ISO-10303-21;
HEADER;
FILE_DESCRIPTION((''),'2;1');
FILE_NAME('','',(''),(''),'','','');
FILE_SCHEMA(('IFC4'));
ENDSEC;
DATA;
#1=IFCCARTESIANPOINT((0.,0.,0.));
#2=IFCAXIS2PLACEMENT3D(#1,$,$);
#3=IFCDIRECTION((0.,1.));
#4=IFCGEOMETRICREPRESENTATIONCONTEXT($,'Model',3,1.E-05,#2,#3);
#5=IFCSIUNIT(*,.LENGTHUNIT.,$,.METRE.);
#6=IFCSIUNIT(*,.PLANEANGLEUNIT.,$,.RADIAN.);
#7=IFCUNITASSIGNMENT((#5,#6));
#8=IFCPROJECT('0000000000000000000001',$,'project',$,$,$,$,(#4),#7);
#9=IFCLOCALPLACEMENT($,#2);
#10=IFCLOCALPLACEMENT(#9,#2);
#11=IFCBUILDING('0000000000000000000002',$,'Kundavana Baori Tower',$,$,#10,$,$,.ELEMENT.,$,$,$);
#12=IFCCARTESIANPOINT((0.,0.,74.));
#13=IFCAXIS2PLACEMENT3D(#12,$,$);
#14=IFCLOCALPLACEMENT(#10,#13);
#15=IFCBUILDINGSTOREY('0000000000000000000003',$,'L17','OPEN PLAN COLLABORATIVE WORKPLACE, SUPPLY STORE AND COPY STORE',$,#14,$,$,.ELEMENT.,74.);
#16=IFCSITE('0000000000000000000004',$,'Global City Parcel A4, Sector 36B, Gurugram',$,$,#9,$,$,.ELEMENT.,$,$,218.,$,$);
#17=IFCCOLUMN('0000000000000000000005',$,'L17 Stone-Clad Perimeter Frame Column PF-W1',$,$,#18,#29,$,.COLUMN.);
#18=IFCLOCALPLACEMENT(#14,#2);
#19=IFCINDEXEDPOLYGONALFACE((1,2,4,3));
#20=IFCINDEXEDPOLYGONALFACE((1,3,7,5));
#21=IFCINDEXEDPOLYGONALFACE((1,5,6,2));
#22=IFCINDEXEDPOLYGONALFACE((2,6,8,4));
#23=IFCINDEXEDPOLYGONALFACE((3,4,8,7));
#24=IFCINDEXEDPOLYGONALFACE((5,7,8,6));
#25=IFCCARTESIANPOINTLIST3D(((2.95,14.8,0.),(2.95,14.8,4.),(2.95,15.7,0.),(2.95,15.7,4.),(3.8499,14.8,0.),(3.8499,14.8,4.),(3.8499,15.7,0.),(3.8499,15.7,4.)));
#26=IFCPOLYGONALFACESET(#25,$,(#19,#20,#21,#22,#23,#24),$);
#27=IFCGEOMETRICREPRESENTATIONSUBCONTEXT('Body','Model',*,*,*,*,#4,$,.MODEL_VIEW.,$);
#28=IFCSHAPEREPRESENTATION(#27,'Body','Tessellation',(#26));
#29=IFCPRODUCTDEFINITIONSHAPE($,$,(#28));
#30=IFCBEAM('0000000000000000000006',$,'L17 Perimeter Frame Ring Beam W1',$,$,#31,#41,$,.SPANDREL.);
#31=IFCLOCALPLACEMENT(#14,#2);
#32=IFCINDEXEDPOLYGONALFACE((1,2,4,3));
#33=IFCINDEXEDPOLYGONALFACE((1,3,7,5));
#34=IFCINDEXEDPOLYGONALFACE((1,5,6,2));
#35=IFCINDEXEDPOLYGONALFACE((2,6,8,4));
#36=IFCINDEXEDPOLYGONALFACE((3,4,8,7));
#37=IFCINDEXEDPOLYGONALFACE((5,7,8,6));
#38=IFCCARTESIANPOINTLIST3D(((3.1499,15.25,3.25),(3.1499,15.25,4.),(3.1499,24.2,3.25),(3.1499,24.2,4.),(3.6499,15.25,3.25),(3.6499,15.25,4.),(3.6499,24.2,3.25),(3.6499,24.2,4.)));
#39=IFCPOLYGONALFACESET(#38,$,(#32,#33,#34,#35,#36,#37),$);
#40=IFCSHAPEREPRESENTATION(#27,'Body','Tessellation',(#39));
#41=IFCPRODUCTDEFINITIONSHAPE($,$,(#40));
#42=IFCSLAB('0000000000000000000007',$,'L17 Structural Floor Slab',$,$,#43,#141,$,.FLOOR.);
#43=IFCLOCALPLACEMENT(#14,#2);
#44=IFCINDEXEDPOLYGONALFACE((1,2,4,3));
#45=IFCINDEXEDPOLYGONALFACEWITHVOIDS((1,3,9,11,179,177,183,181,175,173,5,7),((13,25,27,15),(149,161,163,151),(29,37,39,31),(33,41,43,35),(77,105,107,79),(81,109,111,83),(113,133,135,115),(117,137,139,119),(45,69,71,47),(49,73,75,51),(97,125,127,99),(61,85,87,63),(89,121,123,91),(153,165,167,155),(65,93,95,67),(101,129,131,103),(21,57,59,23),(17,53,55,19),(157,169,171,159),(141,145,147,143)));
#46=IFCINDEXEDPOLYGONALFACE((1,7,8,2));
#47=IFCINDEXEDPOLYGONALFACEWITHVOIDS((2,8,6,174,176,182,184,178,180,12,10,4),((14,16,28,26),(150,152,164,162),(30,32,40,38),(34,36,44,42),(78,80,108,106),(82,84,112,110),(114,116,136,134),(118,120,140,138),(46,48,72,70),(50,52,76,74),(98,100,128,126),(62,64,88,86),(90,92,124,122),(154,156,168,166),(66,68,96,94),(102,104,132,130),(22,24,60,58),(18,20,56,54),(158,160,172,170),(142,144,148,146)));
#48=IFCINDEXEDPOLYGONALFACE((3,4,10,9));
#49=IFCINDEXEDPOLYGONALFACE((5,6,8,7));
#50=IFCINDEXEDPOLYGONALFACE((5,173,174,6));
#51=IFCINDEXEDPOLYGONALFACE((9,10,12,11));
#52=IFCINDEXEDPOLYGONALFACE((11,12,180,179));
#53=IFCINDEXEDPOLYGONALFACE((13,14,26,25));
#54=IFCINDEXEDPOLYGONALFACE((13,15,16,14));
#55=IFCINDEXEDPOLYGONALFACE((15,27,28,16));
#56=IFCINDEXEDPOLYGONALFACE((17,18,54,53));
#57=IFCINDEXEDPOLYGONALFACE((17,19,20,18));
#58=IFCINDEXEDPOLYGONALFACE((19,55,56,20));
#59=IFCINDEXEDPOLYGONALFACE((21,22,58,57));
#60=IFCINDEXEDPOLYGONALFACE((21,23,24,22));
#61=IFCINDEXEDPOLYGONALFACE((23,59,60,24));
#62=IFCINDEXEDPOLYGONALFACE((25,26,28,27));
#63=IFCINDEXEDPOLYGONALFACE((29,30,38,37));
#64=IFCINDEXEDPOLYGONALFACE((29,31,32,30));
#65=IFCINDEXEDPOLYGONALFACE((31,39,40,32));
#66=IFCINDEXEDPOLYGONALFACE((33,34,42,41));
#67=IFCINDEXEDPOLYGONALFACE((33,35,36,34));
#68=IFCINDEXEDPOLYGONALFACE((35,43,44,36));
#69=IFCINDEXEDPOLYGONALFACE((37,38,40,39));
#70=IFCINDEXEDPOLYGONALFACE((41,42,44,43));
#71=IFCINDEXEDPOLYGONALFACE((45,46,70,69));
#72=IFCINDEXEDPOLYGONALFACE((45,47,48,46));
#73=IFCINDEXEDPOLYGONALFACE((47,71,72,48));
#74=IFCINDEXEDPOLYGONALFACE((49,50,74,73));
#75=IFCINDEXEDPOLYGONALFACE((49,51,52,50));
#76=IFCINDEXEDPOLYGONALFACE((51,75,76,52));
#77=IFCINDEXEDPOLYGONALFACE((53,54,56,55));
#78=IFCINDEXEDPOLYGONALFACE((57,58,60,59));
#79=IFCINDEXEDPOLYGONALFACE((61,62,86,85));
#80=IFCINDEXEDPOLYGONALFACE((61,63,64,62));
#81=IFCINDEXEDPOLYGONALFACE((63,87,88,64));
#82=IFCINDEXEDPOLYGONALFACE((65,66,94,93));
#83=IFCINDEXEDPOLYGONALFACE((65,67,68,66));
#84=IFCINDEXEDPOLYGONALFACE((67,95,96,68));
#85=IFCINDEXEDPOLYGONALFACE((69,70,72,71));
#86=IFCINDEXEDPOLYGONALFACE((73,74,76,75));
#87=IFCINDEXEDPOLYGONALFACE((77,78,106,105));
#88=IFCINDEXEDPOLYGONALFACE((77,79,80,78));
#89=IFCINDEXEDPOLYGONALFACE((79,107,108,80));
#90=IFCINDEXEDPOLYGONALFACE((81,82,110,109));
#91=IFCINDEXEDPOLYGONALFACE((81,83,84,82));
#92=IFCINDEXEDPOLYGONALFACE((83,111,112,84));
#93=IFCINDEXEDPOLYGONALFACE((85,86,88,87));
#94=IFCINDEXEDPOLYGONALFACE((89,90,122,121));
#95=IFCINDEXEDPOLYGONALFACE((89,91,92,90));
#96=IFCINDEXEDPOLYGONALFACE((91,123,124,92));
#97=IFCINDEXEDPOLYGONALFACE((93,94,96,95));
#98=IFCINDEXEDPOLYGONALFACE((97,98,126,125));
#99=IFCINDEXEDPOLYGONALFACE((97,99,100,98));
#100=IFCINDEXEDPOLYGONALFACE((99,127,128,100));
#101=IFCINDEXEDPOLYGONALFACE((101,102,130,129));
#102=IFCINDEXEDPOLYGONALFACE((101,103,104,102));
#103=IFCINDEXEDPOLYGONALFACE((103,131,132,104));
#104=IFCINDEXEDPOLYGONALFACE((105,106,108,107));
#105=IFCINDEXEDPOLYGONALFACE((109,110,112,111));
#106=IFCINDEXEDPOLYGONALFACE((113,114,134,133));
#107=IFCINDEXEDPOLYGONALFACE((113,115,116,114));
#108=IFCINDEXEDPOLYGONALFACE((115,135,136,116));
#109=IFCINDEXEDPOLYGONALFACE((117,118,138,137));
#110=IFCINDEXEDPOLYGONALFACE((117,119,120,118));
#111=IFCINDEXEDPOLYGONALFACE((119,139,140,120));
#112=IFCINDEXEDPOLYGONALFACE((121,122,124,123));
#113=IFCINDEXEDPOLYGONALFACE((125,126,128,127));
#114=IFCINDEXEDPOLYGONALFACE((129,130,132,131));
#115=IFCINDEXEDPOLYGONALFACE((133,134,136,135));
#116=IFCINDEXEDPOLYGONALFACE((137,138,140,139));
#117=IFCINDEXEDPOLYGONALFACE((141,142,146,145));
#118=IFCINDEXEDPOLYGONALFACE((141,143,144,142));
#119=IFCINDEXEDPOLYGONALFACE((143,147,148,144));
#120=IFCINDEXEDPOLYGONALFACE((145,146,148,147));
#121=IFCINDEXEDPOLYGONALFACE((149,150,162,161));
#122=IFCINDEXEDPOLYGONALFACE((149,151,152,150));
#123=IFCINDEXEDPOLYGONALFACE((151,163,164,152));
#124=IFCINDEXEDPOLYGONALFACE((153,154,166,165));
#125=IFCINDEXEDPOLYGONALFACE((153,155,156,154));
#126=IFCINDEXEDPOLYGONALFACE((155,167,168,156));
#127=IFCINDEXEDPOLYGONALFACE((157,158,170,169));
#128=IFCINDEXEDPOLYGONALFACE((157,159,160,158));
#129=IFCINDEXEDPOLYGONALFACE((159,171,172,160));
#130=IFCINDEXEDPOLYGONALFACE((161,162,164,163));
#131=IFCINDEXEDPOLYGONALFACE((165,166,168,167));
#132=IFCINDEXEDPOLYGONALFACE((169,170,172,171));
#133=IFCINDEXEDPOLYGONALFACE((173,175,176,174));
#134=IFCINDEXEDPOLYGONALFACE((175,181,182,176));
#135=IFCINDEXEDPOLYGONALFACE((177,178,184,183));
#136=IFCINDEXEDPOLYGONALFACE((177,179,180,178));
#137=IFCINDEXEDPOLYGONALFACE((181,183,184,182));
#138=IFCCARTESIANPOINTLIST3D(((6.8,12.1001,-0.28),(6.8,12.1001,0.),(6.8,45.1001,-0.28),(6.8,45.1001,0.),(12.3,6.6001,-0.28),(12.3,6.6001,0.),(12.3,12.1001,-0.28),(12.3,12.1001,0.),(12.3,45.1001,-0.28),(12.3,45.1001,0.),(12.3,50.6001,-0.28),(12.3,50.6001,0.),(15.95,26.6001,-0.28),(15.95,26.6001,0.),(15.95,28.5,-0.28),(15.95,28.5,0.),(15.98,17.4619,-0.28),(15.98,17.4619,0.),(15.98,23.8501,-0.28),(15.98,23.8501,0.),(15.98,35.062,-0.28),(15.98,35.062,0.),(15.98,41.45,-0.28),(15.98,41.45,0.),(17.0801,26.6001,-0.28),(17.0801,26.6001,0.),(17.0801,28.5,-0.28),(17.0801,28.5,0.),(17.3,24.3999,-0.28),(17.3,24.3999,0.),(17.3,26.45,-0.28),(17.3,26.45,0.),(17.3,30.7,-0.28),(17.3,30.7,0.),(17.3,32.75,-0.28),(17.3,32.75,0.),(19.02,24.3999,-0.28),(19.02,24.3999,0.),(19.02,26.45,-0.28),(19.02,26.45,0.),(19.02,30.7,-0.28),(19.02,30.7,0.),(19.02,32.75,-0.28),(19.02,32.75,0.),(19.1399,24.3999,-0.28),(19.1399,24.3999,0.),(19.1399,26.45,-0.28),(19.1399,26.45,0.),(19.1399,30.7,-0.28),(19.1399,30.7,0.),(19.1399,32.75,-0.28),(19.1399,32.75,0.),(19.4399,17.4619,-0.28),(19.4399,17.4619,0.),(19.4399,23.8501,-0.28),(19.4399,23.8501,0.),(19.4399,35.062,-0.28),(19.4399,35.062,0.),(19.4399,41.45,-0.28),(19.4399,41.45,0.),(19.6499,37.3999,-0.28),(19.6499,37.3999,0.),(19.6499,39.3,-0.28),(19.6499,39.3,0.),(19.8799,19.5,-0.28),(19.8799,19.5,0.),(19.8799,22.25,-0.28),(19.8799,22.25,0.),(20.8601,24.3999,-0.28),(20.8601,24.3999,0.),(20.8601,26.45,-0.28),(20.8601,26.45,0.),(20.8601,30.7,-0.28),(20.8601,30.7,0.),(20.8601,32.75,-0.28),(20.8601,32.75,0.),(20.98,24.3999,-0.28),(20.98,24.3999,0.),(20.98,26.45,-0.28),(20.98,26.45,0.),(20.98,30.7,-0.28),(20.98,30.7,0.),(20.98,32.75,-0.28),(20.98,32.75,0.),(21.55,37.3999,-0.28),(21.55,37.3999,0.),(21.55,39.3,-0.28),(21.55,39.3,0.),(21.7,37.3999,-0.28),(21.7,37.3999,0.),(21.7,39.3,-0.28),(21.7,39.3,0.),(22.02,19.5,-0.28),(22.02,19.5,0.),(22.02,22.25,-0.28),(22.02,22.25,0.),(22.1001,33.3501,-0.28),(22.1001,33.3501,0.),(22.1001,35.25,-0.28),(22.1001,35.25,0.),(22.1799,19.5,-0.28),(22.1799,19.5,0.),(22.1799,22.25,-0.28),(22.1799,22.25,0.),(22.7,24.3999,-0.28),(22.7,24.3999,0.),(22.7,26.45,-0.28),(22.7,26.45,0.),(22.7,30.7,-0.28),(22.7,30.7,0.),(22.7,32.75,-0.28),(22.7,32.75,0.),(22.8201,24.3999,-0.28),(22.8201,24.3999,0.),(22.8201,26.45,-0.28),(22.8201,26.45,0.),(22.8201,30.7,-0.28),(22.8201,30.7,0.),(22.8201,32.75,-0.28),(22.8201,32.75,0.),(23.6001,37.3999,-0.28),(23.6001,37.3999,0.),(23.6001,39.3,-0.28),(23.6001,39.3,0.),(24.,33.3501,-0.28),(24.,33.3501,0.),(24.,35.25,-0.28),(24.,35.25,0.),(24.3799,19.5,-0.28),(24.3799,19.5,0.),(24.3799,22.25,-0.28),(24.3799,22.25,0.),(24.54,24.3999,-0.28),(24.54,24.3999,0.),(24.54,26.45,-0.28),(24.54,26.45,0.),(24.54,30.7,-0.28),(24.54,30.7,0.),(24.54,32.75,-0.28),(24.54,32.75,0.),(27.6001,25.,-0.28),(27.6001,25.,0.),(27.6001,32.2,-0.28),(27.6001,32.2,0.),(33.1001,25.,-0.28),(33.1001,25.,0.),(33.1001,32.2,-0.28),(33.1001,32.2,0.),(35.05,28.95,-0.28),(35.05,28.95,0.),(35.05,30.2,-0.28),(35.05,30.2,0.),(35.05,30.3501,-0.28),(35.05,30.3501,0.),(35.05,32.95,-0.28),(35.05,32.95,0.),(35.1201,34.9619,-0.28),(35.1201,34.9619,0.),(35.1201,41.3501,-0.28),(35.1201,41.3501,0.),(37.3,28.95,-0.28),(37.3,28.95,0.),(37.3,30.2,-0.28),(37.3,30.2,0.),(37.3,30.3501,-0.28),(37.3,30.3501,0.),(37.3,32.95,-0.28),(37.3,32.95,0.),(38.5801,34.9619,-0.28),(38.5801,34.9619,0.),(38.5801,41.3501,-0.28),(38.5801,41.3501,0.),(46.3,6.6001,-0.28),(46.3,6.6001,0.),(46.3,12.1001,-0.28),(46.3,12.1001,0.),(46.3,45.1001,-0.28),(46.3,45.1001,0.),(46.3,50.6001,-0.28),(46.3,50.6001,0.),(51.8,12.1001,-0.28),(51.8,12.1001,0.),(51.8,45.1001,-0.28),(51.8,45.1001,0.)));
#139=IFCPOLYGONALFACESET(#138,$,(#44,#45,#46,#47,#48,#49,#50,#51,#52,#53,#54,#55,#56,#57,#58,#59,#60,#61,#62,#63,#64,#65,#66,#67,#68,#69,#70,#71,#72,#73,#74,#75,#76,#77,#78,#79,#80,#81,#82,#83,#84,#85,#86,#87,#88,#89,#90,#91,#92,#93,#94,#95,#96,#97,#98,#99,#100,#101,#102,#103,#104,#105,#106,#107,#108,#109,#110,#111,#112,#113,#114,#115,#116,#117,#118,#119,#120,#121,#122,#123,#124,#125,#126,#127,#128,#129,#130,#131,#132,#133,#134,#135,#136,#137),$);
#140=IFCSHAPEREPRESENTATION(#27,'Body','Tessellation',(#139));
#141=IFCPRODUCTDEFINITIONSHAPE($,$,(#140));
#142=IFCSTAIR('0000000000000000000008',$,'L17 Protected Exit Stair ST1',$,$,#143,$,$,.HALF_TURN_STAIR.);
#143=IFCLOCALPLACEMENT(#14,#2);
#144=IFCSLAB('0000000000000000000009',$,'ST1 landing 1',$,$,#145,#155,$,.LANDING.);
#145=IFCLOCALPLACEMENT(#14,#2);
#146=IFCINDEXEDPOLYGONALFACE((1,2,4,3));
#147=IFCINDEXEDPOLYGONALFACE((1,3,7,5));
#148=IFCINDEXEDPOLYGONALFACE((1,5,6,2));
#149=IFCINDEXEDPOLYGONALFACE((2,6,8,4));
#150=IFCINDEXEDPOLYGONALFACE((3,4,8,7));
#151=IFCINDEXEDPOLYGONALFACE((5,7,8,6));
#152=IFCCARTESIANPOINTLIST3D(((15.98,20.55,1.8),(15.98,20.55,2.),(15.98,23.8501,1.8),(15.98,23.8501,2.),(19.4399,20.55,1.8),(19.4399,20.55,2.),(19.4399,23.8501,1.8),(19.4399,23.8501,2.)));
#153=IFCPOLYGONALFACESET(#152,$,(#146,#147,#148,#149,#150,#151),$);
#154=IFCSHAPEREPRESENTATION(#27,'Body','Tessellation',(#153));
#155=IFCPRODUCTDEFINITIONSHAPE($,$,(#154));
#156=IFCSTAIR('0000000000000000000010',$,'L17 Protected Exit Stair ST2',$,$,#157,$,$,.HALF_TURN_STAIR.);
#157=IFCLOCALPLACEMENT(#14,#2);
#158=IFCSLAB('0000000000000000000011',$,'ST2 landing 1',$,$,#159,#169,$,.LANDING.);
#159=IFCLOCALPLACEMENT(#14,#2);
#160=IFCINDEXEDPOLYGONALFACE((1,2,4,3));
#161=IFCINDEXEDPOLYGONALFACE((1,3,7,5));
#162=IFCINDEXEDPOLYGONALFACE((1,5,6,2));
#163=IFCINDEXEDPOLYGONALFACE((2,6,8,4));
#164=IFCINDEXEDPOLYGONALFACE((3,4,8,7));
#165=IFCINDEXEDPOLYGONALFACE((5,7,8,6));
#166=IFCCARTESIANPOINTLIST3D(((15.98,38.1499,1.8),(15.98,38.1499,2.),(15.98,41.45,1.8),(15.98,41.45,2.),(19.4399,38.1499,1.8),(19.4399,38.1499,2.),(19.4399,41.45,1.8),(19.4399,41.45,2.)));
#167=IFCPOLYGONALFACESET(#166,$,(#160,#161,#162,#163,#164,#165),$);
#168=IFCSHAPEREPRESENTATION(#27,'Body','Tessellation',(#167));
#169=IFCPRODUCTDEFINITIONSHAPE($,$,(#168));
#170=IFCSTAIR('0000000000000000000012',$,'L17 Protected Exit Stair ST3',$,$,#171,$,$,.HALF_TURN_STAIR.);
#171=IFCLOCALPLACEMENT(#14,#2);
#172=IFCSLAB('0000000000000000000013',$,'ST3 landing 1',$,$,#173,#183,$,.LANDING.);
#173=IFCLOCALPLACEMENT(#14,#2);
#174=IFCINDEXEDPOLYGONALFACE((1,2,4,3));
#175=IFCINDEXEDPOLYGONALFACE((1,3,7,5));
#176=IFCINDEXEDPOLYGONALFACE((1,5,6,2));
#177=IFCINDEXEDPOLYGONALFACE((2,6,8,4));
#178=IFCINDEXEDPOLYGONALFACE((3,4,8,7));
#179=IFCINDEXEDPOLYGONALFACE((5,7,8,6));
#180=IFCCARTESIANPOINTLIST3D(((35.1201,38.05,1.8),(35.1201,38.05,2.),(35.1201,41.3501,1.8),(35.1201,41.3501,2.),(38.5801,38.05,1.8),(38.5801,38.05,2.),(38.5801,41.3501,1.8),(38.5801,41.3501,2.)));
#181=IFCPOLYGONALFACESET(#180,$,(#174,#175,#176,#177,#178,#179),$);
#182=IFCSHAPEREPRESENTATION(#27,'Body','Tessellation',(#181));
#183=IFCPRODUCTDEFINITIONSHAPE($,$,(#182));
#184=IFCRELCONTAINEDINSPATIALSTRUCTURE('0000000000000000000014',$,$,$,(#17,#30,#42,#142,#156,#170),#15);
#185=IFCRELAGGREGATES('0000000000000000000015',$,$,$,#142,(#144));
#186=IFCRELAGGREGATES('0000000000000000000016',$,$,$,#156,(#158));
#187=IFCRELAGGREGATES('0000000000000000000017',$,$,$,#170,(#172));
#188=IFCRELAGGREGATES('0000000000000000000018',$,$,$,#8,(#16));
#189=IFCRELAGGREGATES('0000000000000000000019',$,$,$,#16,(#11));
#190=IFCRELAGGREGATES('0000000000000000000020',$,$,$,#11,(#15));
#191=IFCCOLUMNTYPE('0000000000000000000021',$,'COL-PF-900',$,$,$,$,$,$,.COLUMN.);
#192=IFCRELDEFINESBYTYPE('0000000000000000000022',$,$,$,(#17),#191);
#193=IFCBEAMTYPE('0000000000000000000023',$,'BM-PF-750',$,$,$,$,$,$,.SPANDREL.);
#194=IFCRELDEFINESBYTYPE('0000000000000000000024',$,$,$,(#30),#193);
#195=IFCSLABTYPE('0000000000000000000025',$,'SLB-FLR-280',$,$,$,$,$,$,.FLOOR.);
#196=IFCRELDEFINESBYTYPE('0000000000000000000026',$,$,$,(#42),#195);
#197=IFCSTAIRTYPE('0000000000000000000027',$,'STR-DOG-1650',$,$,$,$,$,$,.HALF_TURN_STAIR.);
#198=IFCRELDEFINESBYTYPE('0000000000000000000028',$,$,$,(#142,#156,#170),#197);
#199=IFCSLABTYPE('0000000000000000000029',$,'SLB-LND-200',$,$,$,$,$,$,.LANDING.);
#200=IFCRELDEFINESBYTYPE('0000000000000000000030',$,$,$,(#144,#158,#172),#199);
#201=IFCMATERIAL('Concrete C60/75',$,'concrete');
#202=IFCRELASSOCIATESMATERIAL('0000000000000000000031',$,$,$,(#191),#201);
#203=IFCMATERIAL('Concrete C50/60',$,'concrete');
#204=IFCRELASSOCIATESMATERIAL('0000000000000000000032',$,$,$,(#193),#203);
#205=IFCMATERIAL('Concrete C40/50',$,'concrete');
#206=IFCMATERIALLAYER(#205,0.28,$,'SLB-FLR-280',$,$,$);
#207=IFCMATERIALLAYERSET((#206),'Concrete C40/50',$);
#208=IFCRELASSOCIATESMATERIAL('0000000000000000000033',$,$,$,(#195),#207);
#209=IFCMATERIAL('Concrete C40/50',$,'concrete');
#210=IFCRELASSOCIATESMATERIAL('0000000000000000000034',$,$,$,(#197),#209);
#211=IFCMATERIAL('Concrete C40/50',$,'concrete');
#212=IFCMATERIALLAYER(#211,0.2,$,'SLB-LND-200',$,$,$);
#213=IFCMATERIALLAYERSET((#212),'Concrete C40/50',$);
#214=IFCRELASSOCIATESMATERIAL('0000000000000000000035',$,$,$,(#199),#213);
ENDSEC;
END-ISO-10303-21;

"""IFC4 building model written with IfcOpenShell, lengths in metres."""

from ifc_helpers import new_model, si_unit, direction, frame, origin, origin_2d, place, context, subcontext, project, spatial, polyline, rectangle, outline, extrude, material, layer, layer_set, material_profile, profile_set, type_object, element, aggregate, save


model = new_model("IFC4")

# Units and contexts
model_context = context("Model", 3, precision=1e-05, world=origin(), true_north=direction((0.0, 1.0)))
body_context = subcontext(model_context, "Body", "Model", "MODEL_VIEW")
ifc_project = project(units=[si_unit("LENGTHUNIT", "METRE"), si_unit("PLANEANGLEUNIT", "RADIAN")], contexts=[model_context])

# Site, building, storey
site_placement = place(None, origin())
site = spatial("IfcSite", under=ifc_project, at=site_placement, Name="Global City Parcel A4, Sector 36B, Gurugram", CompositionType="ELEMENT", RefElevation=218.0)
building_placement = place(site_placement, origin())
building = spatial("IfcBuilding", under=site, at=building_placement, Name="Kundavana Baori Tower", CompositionType="ELEMENT")
storey_placement = place(building_placement, frame((0.0, 0.0, 74.0)))
storey = spatial("IfcBuildingStorey", under=building, at=storey_placement, Name="L17", Description="OPEN PLAN COLLABORATIVE WORKPLACE, SUPPLY STORE AND COPY STORE", CompositionType="ELEMENT", Elevation=74.0)

# Column
ifc_material_1 = material(Name="Concrete C60/75", Category="concrete")
ifc_material_profile_1 = material_profile(ifc_material_1, rectangle(XDim=0.8999, YDim=0.8999, at=origin_2d()), Name="RC PF 900x900")
ifc_profile_set_1 = profile_set([ifc_material_profile_1], Name="Concrete C60/75")
column_type = type_object("IfcColumnType", Name="COL-PF-900", PredefinedType="COLUMN", material=ifc_profile_set_1)
column_placement = place(storey_placement, frame((3.3999, 15.25, 0.0), z_axis=(0.0, 0.0, 1.0), x_axis=(1.0, 0.0, 0.0)))
element("IfcColumn", 1, at=column_placement, inside=storey, type_object=column_type, Name="L17 Stone-Clad Perimeter Frame Column PF-W1", PredefinedType="COLUMN", context=body_context, shape_type="SweptSolid", body=[
    extrude(rectangle(XDim=0.8999, YDim=0.8999, at=origin_2d()), origin(), (0.0, 0.0, 1.0), 4.0),
])

# Beam
ifc_material_2 = material(Name="Concrete C50/60", Category="concrete")
ifc_material_profile_2 = material_profile(ifc_material_2, rectangle(XDim=0.5, YDim=0.75, at=origin_2d()), Name="RC BM 500x750")
ifc_profile_set_2 = profile_set([ifc_material_profile_2], Name="Concrete C50/60")
beam_type = type_object("IfcBeamType", Name="BM-PF-750", PredefinedType="SPANDREL", material=ifc_profile_set_2)
beam_placement = place(storey_placement, frame((3.3999, 15.25, 3.625), z_axis=(0.0, 1.0, 0.0), x_axis=(-1.0, 0.0, 0.0)))
element("IfcBeam", 2, at=beam_placement, inside=storey, type_object=beam_type, Name="L17 Perimeter Frame Ring Beam W1", PredefinedType="SPANDREL", context=body_context, shape_type="SweptSolid", body=[
    extrude(rectangle(XDim=0.5, YDim=0.75, at=origin_2d()), origin(), (0.0, 0.0, 1.0), 8.95),
])

# Slab
ifc_material_3 = material(Name="Concrete C40/50", Category="concrete")
ifc_layer_1 = layer(ifc_material_3, 0.28, Name="SLB-FLR-280")
ifc_layer_set_1 = layer_set([ifc_layer_1], Name="Concrete C40/50")
slab_type_1 = type_object("IfcSlabType", Name="SLB-FLR-280", PredefinedType="FLOOR", material=ifc_layer_set_1)
slab_1_placement = place(storey_placement, frame((0.0, 0.0, -0.28)))
element("IfcSlab", 3, at=slab_1_placement, inside=storey, type_object=slab_type_1, Name="L17 Structural Floor Slab", PredefinedType="FLOOR", context=body_context, shape_type="SweptSolid", body=[
    extrude(outline(polyline([(12.3, 6.6001), (46.3, 6.6001), (46.3, 12.1001), (51.8, 12.1001), (51.8, 45.1001), (46.3, 45.1001), (46.3, 50.6001), (12.3, 50.6001), (12.3, 45.1001), (6.8, 45.1001), (6.8, 12.1001), (12.3, 12.1001), (12.3, 6.6001)]), holes=[polyline([(19.4399, 17.4619), (19.4399, 23.8501), (15.98, 23.8501), (15.98, 17.4619), (19.4399, 17.4619)]), polyline([(19.4399, 35.062), (19.4399, 41.45), (15.98, 41.45), (15.98, 35.062), (19.4399, 35.062)]), polyline([(38.5801, 34.9619), (38.5801, 41.3501), (35.1201, 41.3501), (35.1201, 34.9619), (38.5801, 34.9619)]), polyline([(17.3, 24.3999), (19.02, 24.3999), (19.02, 26.45), (17.3, 26.45), (17.3, 24.3999)]), polyline([(19.1399, 24.3999), (20.8601, 24.3999), (20.8601, 26.45), (19.1399, 26.45), (19.1399, 24.3999)]), polyline([(20.98, 24.3999), (22.7, 24.3999), (22.7, 26.45), (20.98, 26.45), (20.98, 24.3999)]), polyline([(22.8201, 24.3999), (24.54, 24.3999), (24.54, 26.45), (22.8201, 26.45), (22.8201, 24.3999)]), polyline([(17.3, 30.7), (19.02, 30.7), (19.02, 32.75), (17.3, 32.75), (17.3, 30.7)]), polyline([(19.1399, 30.7), (20.8601, 30.7), (20.8601, 32.75), (19.1399, 32.75), (19.1399, 30.7)]), polyline([(20.98, 30.7), (22.7, 30.7), (22.7, 32.75), (20.98, 32.75), (20.98, 30.7)]), polyline([(22.8201, 30.7), (24.54, 30.7), (24.54, 32.75), (22.8201, 32.75), (22.8201, 30.7)]), polyline([(19.6499, 37.3999), (21.55, 37.3999), (21.55, 39.3), (19.6499, 39.3), (19.6499, 37.3999)]), polyline([(21.7, 37.3999), (23.6001, 37.3999), (23.6001, 39.3), (21.7, 39.3), (21.7, 37.3999)]), polyline([(22.1001, 33.3501), (24.0, 33.3501), (24.0, 35.25), (22.1001, 35.25), (22.1001, 33.3501)]), polyline([(19.8799, 19.5), (22.02, 19.5), (22.02, 22.25), (19.8799, 22.25), (19.8799, 19.5)]), polyline([(22.1799, 19.5), (24.3799, 19.5), (24.3799, 22.25), (22.1799, 22.25), (22.1799, 19.5)]), polyline([(35.05, 30.3501), (37.3, 30.3501), (37.3, 32.95), (35.05, 32.95), (35.05, 30.3501)]), polyline([(15.95, 26.6001), (17.0801, 26.6001), (17.0801, 28.5), (15.95, 28.5), (15.95, 26.6001)]), polyline([(35.05, 28.95), (37.3, 28.95), (37.3, 30.2), (35.05, 30.2), (35.05, 28.95)]), polyline([(27.6001, 25.0), (33.1001, 25.0), (33.1001, 32.2), (27.6001, 32.2), (27.6001, 25.0)])]), origin(), (0.0, 0.0, 1.0), 0.28),
])

# Stairs, slabs
ifc_material_4 = material(Name="Concrete C40/50", Category="concrete")
stair_type = type_object("IfcStairType", Name="STR-DOG-1650", PredefinedType="HALF_TURN_STAIR", material=ifc_material_4)
stair_1_placement = place(storey_placement, origin())
stair_1 = element("IfcStair", 4, at=stair_1_placement, inside=storey, type_object=stair_type, Name="L17 Protected Exit Stair ST1", PredefinedType="HALF_TURN_STAIR")
ifc_material_5 = material(Name="Concrete C40/50", Category="concrete")
ifc_layer_2 = layer(ifc_material_5, 0.2, Name="SLB-LND-200")
ifc_layer_set_2 = layer_set([ifc_layer_2], Name="Concrete C40/50")
slab_type_2 = type_object("IfcSlabType", Name="SLB-LND-200", PredefinedType="LANDING", material=ifc_layer_set_2)
slab_2_placement = place(storey_placement, frame((0.0, 0.0, 1.8)))
slab_2 = element("IfcSlab", 5, at=slab_2_placement, type_object=slab_type_2, Name="ST1 landing 1", PredefinedType="LANDING", context=body_context, shape_type="SweptSolid", body=[
    extrude(outline(polyline([(19.4399, 20.55), (19.4399, 23.8501), (15.98, 23.8501), (15.98, 20.55), (19.4399, 20.55)])), origin(), (0.0, 0.0, 1.0), 0.2),
])
aggregate(stair_1, [slab_2])
stair_2_placement = place(storey_placement, origin())
stair_2 = element("IfcStair", 6, at=stair_2_placement, inside=storey, type_object=stair_type, Name="L17 Protected Exit Stair ST2", PredefinedType="HALF_TURN_STAIR")
slab_3_placement = place(storey_placement, frame((0.0, 0.0, 1.8)))
slab_3 = element("IfcSlab", 7, at=slab_3_placement, type_object=slab_type_2, Name="ST2 landing 1", PredefinedType="LANDING", context=body_context, shape_type="SweptSolid", body=[
    extrude(outline(polyline([(19.4399, 38.1499), (19.4399, 41.45), (15.98, 41.45), (15.98, 38.1499), (19.4399, 38.1499)])), origin(), (0.0, 0.0, 1.0), 0.2),
])
aggregate(stair_2, [slab_3])
stair_3_placement = place(storey_placement, origin())
stair_3 = element("IfcStair", 8, at=stair_3_placement, inside=storey, type_object=stair_type, Name="L17 Protected Exit Stair ST3", PredefinedType="HALF_TURN_STAIR")
slab_4_placement = place(storey_placement, frame((0.0, 0.0, 1.8)))
slab_4 = element("IfcSlab", 9, at=slab_4_placement, type_object=slab_type_2, Name="ST3 landing 1", PredefinedType="LANDING", context=body_context, shape_type="SweptSolid", body=[
    extrude(outline(polyline([(38.5801, 38.05), (38.5801, 41.3501), (35.1201, 41.3501), (35.1201, 38.05), (38.5801, 38.05)])), origin(), (0.0, 0.0, 1.0), 0.2),
])
aggregate(stair_3, [slab_4])

save(model, "model.ifc")
